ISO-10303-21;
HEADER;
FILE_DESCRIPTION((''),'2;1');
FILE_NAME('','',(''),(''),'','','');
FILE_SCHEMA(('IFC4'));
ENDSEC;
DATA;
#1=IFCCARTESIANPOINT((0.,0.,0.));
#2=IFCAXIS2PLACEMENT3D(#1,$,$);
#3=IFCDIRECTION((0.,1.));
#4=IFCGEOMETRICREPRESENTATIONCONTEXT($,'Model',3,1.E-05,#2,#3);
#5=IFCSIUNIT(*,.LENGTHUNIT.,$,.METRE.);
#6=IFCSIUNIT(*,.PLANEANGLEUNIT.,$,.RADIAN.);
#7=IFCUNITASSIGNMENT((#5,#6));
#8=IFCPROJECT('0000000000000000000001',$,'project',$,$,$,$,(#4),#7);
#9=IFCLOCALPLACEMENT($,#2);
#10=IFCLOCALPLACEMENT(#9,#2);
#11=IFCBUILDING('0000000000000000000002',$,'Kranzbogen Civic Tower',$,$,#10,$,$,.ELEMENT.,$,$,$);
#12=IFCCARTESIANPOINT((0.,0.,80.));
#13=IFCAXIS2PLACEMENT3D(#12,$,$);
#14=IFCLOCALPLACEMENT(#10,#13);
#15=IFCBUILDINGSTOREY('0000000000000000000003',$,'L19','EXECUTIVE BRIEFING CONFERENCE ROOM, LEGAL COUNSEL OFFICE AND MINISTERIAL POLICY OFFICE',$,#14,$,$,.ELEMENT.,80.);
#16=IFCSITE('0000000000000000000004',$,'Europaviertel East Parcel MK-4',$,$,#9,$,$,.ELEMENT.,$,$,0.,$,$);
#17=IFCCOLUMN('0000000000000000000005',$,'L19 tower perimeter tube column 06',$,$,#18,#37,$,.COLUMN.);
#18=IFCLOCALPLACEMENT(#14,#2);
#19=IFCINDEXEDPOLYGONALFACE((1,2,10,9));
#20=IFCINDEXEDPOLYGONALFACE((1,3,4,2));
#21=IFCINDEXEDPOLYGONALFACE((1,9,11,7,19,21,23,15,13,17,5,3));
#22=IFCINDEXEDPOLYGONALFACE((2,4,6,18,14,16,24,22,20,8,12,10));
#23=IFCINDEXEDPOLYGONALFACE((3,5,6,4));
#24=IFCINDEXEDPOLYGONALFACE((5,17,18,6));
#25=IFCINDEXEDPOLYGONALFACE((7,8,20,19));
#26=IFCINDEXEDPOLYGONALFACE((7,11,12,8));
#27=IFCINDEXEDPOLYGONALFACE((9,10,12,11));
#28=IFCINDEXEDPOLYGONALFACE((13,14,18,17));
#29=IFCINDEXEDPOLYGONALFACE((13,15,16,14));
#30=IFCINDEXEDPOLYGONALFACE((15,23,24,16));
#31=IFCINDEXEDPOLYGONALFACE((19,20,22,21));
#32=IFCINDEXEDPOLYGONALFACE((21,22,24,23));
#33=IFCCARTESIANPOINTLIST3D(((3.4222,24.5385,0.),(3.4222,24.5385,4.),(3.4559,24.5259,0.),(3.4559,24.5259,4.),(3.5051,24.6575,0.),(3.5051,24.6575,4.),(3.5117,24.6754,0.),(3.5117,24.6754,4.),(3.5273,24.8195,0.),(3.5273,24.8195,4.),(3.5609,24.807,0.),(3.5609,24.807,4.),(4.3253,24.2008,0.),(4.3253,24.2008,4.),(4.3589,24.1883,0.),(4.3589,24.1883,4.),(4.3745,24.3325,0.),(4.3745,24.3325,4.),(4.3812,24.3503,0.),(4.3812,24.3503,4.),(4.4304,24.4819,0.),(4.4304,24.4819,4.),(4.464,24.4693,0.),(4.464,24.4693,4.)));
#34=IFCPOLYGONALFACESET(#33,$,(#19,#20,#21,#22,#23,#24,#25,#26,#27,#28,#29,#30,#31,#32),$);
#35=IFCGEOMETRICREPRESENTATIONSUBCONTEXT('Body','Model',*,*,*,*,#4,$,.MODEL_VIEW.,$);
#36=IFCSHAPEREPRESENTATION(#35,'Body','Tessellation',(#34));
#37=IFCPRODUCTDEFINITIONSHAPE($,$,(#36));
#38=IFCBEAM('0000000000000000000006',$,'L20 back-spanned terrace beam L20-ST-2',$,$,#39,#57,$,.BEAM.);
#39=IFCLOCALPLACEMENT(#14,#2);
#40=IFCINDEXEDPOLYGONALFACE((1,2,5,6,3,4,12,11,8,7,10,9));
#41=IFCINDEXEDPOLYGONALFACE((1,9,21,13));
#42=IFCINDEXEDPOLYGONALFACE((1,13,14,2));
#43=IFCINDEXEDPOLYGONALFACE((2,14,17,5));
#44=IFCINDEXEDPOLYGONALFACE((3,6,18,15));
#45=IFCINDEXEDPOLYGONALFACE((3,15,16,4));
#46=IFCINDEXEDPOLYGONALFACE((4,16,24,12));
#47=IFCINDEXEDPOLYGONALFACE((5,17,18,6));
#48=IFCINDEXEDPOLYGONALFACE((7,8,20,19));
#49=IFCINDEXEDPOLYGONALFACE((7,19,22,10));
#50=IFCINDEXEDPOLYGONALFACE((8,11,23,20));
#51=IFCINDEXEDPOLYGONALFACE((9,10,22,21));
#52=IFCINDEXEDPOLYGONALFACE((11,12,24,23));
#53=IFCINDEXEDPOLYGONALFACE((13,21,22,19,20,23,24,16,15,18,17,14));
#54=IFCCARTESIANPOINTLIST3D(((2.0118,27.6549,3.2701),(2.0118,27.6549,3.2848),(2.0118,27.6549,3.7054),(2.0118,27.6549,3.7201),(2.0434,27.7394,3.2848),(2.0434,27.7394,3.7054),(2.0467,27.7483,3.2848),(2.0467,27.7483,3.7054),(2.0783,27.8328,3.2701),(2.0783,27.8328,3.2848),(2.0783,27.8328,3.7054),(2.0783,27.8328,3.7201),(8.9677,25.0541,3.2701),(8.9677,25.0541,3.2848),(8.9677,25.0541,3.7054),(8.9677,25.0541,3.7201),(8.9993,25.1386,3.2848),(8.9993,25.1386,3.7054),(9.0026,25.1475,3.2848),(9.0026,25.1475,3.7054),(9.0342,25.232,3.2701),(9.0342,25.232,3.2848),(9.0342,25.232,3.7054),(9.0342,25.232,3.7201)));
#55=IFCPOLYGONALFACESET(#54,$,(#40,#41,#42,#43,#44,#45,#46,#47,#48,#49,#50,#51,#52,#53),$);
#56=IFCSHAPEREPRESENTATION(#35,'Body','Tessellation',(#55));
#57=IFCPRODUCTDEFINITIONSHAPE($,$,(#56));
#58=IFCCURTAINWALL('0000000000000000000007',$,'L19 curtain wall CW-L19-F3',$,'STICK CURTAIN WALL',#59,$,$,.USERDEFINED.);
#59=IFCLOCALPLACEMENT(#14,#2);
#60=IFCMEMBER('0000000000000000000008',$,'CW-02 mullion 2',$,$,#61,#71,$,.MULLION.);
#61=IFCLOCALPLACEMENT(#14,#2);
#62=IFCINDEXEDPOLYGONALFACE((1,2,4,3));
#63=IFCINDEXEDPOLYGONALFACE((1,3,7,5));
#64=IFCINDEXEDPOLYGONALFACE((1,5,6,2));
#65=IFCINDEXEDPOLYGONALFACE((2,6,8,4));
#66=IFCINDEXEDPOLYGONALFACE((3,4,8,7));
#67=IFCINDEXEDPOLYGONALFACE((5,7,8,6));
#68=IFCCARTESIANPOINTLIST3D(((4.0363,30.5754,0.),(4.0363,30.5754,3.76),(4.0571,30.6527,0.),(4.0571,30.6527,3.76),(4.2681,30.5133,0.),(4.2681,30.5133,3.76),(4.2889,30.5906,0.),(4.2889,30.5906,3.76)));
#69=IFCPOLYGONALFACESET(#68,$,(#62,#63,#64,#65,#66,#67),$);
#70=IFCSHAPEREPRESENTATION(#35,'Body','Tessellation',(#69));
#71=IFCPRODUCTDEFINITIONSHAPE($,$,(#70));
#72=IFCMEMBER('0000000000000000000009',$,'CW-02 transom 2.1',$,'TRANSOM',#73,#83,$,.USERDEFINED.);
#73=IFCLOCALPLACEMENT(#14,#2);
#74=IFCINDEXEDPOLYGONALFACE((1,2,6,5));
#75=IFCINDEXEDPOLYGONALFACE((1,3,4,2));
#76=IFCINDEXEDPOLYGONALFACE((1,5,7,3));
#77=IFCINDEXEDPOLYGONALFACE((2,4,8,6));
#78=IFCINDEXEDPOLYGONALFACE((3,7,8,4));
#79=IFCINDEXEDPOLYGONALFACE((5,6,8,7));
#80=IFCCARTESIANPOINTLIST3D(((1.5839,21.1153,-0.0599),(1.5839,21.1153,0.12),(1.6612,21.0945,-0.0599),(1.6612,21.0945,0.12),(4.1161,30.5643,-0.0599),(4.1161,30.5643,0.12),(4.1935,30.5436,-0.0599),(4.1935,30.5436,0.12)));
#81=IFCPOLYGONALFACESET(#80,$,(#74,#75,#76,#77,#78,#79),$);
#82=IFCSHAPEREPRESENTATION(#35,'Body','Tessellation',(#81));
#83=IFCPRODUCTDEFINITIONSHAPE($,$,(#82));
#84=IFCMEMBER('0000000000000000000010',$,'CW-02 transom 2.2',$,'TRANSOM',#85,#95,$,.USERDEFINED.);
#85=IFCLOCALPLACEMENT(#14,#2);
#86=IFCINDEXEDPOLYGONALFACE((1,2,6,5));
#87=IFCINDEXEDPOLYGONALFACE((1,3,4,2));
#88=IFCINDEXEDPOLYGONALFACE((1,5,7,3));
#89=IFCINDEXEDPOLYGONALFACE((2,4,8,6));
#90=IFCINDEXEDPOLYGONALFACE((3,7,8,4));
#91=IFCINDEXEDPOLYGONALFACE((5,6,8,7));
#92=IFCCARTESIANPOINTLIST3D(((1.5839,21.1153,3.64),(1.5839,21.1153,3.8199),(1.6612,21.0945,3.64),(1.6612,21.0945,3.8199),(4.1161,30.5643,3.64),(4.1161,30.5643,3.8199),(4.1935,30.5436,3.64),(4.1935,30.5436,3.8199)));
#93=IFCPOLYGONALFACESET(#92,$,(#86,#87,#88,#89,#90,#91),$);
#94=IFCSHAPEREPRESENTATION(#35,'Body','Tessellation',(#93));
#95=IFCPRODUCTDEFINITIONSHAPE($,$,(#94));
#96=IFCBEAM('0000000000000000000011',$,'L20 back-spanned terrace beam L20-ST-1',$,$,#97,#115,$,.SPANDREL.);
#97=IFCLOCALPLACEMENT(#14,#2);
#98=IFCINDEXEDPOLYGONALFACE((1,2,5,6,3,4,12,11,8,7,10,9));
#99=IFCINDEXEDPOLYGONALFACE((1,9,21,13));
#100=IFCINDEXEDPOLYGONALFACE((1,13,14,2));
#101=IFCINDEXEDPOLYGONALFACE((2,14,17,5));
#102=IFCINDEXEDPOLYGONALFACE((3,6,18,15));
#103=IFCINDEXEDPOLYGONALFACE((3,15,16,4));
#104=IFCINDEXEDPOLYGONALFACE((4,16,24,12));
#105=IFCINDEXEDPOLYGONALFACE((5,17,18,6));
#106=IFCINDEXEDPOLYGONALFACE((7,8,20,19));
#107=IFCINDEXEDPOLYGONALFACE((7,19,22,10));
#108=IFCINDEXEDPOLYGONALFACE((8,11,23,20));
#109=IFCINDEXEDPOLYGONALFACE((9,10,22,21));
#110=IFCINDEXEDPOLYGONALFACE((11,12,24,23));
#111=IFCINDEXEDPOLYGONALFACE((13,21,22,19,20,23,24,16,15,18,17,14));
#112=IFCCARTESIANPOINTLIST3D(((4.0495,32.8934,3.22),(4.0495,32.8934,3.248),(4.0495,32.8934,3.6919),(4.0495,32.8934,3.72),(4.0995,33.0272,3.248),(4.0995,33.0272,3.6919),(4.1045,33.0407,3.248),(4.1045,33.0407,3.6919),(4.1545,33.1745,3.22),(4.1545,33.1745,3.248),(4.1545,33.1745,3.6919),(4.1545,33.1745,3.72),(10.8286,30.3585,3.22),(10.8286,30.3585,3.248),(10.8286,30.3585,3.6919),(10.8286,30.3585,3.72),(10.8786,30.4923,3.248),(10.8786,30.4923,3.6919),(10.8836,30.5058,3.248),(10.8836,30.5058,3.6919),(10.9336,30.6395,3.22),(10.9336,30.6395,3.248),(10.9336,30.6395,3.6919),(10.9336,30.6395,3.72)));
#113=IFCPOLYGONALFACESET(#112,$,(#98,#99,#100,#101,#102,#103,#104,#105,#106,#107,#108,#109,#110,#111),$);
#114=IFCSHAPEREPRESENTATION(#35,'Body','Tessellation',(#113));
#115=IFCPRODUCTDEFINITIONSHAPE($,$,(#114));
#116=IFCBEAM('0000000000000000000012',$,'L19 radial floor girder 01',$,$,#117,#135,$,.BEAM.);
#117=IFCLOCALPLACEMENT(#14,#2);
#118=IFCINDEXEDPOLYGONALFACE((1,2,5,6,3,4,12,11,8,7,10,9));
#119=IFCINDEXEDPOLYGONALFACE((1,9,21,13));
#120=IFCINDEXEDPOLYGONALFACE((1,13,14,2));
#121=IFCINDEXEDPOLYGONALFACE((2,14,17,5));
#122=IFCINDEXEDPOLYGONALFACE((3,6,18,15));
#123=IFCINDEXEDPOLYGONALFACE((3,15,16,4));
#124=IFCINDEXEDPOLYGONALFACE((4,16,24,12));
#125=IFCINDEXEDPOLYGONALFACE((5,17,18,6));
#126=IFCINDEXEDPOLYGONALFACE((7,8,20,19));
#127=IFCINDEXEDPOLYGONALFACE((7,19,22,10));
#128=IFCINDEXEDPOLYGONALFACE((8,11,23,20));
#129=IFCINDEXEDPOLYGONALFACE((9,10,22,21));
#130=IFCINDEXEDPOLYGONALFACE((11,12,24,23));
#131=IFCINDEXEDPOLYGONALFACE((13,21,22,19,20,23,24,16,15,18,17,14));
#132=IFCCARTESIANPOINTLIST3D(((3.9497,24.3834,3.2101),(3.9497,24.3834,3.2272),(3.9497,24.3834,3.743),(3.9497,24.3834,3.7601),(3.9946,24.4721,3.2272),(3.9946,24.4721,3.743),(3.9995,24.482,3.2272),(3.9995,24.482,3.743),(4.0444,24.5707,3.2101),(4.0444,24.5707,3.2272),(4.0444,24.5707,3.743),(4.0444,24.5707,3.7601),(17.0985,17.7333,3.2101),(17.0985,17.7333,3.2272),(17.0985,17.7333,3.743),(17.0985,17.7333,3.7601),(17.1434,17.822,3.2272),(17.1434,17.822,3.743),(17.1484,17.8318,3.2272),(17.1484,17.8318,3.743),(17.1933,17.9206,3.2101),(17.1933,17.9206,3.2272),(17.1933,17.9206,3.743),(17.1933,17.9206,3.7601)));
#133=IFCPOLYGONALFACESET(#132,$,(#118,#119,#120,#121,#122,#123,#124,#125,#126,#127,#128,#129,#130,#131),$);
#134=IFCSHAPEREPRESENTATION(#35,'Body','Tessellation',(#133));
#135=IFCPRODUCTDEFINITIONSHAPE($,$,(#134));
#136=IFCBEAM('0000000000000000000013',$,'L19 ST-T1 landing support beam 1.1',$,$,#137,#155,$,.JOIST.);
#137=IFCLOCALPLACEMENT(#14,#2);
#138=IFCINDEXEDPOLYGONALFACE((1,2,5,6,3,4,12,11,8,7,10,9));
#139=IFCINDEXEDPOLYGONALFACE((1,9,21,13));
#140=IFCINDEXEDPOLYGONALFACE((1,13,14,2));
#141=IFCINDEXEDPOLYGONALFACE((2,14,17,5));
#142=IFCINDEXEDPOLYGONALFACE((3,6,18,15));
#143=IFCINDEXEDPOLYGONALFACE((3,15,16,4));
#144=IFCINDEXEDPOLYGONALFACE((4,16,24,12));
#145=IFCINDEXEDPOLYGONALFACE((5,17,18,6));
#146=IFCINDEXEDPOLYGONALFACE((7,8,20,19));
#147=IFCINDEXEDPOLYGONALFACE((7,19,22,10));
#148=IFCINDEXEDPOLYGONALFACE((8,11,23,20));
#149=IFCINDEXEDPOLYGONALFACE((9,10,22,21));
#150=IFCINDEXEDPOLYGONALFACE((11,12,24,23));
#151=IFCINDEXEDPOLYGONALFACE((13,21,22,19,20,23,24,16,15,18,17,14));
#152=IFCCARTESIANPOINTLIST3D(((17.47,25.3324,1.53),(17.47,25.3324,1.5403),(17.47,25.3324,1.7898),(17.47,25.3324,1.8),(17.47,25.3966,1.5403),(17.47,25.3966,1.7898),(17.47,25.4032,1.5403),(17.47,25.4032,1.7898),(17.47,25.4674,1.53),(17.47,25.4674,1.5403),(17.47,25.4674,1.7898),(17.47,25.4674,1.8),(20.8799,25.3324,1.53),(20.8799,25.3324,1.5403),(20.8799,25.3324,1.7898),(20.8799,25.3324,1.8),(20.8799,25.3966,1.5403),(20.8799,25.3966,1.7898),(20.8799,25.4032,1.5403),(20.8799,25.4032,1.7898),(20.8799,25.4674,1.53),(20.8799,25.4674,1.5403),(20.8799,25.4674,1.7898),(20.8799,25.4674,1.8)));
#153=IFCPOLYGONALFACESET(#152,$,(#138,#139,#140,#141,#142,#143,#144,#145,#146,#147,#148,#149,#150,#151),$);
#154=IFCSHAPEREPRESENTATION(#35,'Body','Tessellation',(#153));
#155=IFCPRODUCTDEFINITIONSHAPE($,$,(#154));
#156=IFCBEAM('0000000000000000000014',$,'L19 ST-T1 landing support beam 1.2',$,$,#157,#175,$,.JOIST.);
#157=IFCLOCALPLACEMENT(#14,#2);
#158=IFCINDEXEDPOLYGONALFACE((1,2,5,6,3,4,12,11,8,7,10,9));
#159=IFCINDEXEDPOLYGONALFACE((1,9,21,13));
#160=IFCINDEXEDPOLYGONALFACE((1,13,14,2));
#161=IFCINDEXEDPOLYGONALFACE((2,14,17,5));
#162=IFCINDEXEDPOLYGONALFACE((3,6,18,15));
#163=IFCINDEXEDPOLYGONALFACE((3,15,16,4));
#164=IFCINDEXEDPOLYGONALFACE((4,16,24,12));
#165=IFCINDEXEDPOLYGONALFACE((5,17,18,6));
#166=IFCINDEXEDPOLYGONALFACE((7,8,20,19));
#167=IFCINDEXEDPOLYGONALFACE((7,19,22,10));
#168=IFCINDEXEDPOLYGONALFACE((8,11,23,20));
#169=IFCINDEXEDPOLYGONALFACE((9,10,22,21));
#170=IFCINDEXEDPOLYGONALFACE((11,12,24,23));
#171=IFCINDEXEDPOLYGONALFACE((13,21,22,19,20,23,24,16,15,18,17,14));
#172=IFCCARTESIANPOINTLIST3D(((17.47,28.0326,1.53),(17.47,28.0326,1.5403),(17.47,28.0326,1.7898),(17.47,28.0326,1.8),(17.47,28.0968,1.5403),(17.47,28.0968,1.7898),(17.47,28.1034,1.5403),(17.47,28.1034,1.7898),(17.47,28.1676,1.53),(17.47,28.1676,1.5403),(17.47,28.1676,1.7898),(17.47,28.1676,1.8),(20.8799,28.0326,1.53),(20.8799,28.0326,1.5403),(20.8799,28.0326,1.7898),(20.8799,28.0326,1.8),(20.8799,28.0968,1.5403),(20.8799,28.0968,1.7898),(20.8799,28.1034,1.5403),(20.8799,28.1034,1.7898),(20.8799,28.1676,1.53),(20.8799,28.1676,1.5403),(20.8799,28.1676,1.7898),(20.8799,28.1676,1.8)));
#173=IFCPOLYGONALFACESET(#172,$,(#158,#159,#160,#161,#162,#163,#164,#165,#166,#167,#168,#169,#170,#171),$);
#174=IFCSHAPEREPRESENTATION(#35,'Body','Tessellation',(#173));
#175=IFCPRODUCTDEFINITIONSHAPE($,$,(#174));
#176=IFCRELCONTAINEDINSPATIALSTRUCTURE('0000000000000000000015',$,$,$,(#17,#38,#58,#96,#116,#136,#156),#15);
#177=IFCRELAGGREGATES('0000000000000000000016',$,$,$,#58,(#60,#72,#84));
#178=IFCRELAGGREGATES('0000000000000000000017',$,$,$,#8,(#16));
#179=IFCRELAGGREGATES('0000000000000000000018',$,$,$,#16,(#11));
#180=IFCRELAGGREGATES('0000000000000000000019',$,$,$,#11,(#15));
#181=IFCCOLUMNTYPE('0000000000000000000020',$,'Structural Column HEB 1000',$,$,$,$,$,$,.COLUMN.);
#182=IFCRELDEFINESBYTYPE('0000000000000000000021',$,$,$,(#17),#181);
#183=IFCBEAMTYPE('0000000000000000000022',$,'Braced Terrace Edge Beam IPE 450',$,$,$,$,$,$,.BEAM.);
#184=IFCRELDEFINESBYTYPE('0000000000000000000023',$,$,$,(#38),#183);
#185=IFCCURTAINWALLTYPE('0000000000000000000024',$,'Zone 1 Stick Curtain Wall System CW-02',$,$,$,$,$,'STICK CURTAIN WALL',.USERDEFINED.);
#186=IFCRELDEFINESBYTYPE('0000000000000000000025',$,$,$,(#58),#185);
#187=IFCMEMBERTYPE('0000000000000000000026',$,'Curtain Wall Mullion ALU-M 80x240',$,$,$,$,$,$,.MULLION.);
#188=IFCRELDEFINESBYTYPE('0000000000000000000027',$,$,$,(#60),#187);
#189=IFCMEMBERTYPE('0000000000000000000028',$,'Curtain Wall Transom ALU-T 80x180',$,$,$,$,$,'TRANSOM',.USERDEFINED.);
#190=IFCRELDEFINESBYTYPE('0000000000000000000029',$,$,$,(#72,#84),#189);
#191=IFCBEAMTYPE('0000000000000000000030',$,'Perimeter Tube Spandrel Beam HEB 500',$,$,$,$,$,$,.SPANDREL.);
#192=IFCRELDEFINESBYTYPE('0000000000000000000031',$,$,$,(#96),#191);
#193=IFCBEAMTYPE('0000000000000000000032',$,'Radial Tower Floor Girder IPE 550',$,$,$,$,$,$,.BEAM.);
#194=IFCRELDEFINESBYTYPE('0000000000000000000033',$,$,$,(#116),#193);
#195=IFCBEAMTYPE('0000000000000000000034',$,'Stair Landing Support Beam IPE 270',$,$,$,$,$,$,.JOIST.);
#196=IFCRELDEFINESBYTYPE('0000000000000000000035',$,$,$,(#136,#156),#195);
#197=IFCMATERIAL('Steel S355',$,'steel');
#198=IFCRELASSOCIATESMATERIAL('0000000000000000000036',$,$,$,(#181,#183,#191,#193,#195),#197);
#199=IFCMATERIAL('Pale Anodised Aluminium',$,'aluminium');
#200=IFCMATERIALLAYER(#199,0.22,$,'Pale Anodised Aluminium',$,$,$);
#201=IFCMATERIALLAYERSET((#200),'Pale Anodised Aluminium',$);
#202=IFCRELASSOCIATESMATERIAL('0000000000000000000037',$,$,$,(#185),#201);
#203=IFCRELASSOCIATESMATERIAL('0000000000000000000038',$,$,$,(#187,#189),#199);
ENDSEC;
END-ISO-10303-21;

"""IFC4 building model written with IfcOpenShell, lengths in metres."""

from ifc_helpers import new_model, si_unit, direction, frame, origin, origin_2d, place, context, subcontext, project, spatial, rectangle, i_section, extrude, material, layer, layer_set, material_profile, profile_set, type_object, element, aggregate, save


model = new_model("IFC4")

# Units and contexts
model_context = context("Model", 3, precision=1e-05, world=origin(), true_north=direction((0.0, 1.0)))
body_context = subcontext(model_context, "Body", "Model", "MODEL_VIEW")
ifc_project = project(units=[si_unit("LENGTHUNIT", "METRE"), si_unit("PLANEANGLEUNIT", "RADIAN")], contexts=[model_context])

# Site, building, storey
site_placement = place(None, origin())
site = spatial("IfcSite", under=ifc_project, at=site_placement, Name="Europaviertel East Parcel MK-4", CompositionType="ELEMENT", RefElevation=0.0)
building_placement = place(site_placement, origin())
building = spatial("IfcBuilding", under=site, at=building_placement, Name="Kranzbogen Civic Tower", CompositionType="ELEMENT")
storey_placement = place(building_placement, frame((0.0, 0.0, 80.0)))
storey = spatial("IfcBuildingStorey", under=building, at=storey_placement, Name="L19", Description="EXECUTIVE BRIEFING CONFERENCE ROOM, LEGAL COUNSEL OFFICE AND MINISTERIAL POLICY OFFICE", CompositionType="ELEMENT", Elevation=80.0)

# Column
ifc_material_1 = material(Name="Steel S355", Category="steel")
ifc_material_profile_1 = material_profile(ifc_material_1, i_section(OverallWidth=0.3, OverallDepth=1.0, WebThickness=0.019, FlangeThickness=0.0359, at=origin_2d()), Name="HEB 1000")
ifc_profile_set_1 = profile_set([ifc_material_profile_1], Name="Steel S355")
column_type = type_object("IfcColumnType", Name="Structural Column HEB 1000", PredefinedType="COLUMN", material=ifc_profile_set_1)
column_placement = place(storey_placement, frame((3.9431, 24.5039, 0.0), z_axis=(0.0, 0.0, 1.0), x_axis=(0.350207, 0.936672, 0.0)))
element("IfcColumn", 1, at=column_placement, inside=storey, type_object=column_type, Name="L19 tower perimeter tube column 06", PredefinedType="COLUMN", context=body_context, shape_type="SweptSolid", body=[
    extrude(i_section(OverallWidth=0.3, OverallDepth=1.0, WebThickness=0.019, FlangeThickness=0.0359, at=origin_2d()), origin(), (0.0, 0.0, 1.0), 4.0),
])

# Beam
ifc_material_profile_2 = material_profile(ifc_material_1, i_section(OverallWidth=0.1899, OverallDepth=0.45, WebThickness=0.0095, FlangeThickness=0.0146, at=origin_2d()), Name="IPE 450")
ifc_profile_set_2 = profile_set([ifc_material_profile_2], Name="Steel S355")
beam_type_1 = type_object("IfcBeamType", Name="Braced Terrace Edge Beam IPE 450", PredefinedType="BEAM", material=ifc_profile_set_2)
beam_1_placement = place(storey_placement, frame((9.001, 25.1431, 3.4951), z_axis=(-0.936669, 0.350215, 0.0), x_axis=(-0.350215, -0.936669, 0.0)))
element("IfcBeam", 2, at=beam_1_placement, inside=storey, type_object=beam_type_1, Name="L20 back-spanned terrace beam L20-ST-2", PredefinedType="BEAM", context=body_context, shape_type="SweptSolid", body=[
    extrude(i_section(OverallWidth=0.1899, OverallDepth=0.45, WebThickness=0.0095, FlangeThickness=0.0146, at=origin_2d()), origin(), (0.0, 0.0, 1.0), 7.4263),
])

# Curtain wall, members
ifc_material_2 = material(Name="Pale Anodised Aluminium", Category="aluminium")
ifc_layer_1 = layer(ifc_material_2, 0.22, Name="Pale Anodised Aluminium")
ifc_layer_set_1 = layer_set([ifc_layer_1], Name="Pale Anodised Aluminium")
curtain_wall_type = type_object("IfcCurtainWallType", Name="Zone 1 Stick Curtain Wall System CW-02", ElementType="STICK CURTAIN WALL", PredefinedType="USERDEFINED", material=ifc_layer_set_1)
curtain_wall_placement = place(storey_placement, origin())
curtain_wall = element("IfcCurtainWall", 3, at=curtain_wall_placement, inside=storey, type_object=curtain_wall_type, Name="L19 curtain wall CW-L19-F3", ObjectType="STICK CURTAIN WALL", PredefinedType="USERDEFINED")
ifc_material_profile_3 = material_profile(ifc_material_2, rectangle(XDim=0.0801, YDim=0.24, at=origin_2d()), Name="ALU-M 80x240")
ifc_profile_set_3 = profile_set([ifc_material_profile_3], Name="Pale Anodised Aluminium")
member_type_1 = type_object("IfcMemberType", Name="Curtain Wall Mullion ALU-M 80x240", PredefinedType="MULLION", material=ifc_profile_set_3)
member_1_placement = place(storey_placement, frame((4.1626, 30.583, 0.0), z_axis=(0.0, 0.0, 1.0), x_axis=(-0.258851, -0.965917, 0.0)))
member_1 = element("IfcMember", 4, at=member_1_placement, type_object=member_type_1, Name="CW-02 mullion 2", PredefinedType="MULLION", context=body_context, shape_type="SweptSolid", body=[
    extrude(rectangle(XDim=0.0801, YDim=0.24, at=origin_2d()), origin(), (0.0, 0.0, 1.0), 3.76),
])
ifc_material_profile_4 = material_profile(ifc_material_2, rectangle(XDim=0.0801, YDim=0.1799, at=origin_2d()), Name="ALU-T 80x180")
ifc_profile_set_4 = profile_set([ifc_material_profile_4], Name="Pale Anodised Aluminium")
member_type_2 = type_object("IfcMemberType", Name="Curtain Wall Transom ALU-T 80x180", ElementType="TRANSOM", PredefinedType="USERDEFINED", material=ifc_profile_set_4)
member_2_placement = place(storey_placement, frame((4.1548, 30.554, 0.03), z_axis=(-0.258855, -0.965916, 0.0), x_axis=(0.965916, -0.258855, 0.0)))
member_2 = element("IfcMember", 5, at=member_2_placement, type_object=member_type_2, Name="CW-02 transom 2.1", ObjectType="TRANSOM", PredefinedType="USERDEFINED", context=body_context, shape_type="SweptSolid", body=[
    extrude(rectangle(XDim=0.0801, YDim=0.1799, at=origin_2d()), origin(), (0.0, 0.0, 1.0), 9.7825),
])
member_3_placement = place(storey_placement, frame((4.1548, 30.554, 3.73), z_axis=(-0.258855, -0.965916, 0.0), x_axis=(0.965916, -0.258855, 0.0)))
member_3 = element("IfcMember", 6, at=member_3_placement, type_object=member_type_2, Name="CW-02 transom 2.2", ObjectType="TRANSOM", PredefinedType="USERDEFINED", context=body_context, shape_type="SweptSolid", body=[
    extrude(rectangle(XDim=0.0801, YDim=0.1799, at=origin_2d()), origin(), (0.0, 0.0, 1.0), 9.7825),
])

# Beams
ifc_material_profile_5 = material_profile(ifc_material_1, i_section(OverallWidth=0.3, OverallDepth=0.5, WebThickness=0.0144, FlangeThickness=0.0281, at=origin_2d()), Name="HEB 500")
ifc_profile_set_5 = profile_set([ifc_material_profile_5], Name="Steel S355")
beam_type_2 = type_object("IfcBeamType", Name="Perimeter Tube Spandrel Beam HEB 500", PredefinedType="SPANDREL", material=ifc_profile_set_5)
beam_2_placement = place(storey_placement, frame((10.8811, 30.499, 3.47), z_axis=(-0.936657, 0.350247, 0.0), x_axis=(-0.350247, -0.936657, 0.0)))
element("IfcBeam", 7, at=beam_2_placement, inside=storey, type_object=beam_type_2, Name="L20 back-spanned terrace beam L20-ST-1", PredefinedType="SPANDREL", context=body_context, shape_type="SweptSolid", body=[
    extrude(i_section(OverallWidth=0.3, OverallDepth=0.5, WebThickness=0.0144, FlangeThickness=0.0281, at=origin_2d()), origin(), (0.0, 0.0, 1.0), 7.2375),
])
ifc_material_profile_6 = material_profile(ifc_material_1, i_section(OverallWidth=0.21, OverallDepth=0.55, WebThickness=0.011, FlangeThickness=0.0171, at=origin_2d()), Name="IPE 550")
ifc_profile_set_6 = profile_set([ifc_material_profile_6], Name="Steel S355")
beam_type_3 = type_object("IfcBeamType", Name="Radial Tower Floor Girder IPE 550", PredefinedType="BEAM", material=ifc_profile_set_6)
beam_3_placement = place(storey_placement, frame((3.9971, 24.4771, 3.4851), z_axis=(0.892363, -0.451318, 0.0), x_axis=(0.451318, 0.892363, 0.0)))
element("IfcBeam", 8, at=beam_3_placement, inside=storey, type_object=beam_type_3, Name="L19 radial floor girder 01", PredefinedType="BEAM", context=body_context, shape_type="SweptSolid", body=[
    extrude(i_section(OverallWidth=0.21, OverallDepth=0.55, WebThickness=0.011, FlangeThickness=0.0171, at=origin_2d()), origin(), (0.0, 0.0, 1.0), 14.7349),
])
ifc_material_profile_7 = material_profile(ifc_material_1, i_section(OverallWidth=0.135, OverallDepth=0.27, WebThickness=0.0066, FlangeThickness=0.0103, at=origin_2d()), Name="IPE 270")
ifc_profile_set_7 = profile_set([ifc_material_profile_7], Name="Steel S355")
beam_type_4 = type_object("IfcBeamType", Name="Stair Landing Support Beam IPE 270", PredefinedType="JOIST", material=ifc_profile_set_7)
for number, where, z_axis, x_axis, name in (
    (9, (20.8799, 25.3999, 1.665), (-1.0, 0.0, 0.0), (0.0, -1.0, 0.0), "L19 ST-T1 landing support beam 1.1"),
    (10, (20.8799, 28.1001, 1.665), (-1.0, 0.0, 0.0), (0.0, -1.0, 0.0), "L19 ST-T1 landing support beam 1.2"),
):
    element("IfcBeam", number, at=place(storey_placement, frame(where, z_axis=z_axis, x_axis=x_axis)), inside=storey, type_object=beam_type_4, Name=name, PredefinedType="JOIST", context=body_context, shape_type="SweptSolid", body=[
        extrude(i_section(OverallWidth=0.135, OverallDepth=0.27, WebThickness=0.0066, FlangeThickness=0.0103, at=origin_2d()), origin(), (0.0, 0.0, 1.0), 3.4099),
    ])

aggregate(curtain_wall, [member_1, member_2, member_3])

save(model, "model.ifc")
